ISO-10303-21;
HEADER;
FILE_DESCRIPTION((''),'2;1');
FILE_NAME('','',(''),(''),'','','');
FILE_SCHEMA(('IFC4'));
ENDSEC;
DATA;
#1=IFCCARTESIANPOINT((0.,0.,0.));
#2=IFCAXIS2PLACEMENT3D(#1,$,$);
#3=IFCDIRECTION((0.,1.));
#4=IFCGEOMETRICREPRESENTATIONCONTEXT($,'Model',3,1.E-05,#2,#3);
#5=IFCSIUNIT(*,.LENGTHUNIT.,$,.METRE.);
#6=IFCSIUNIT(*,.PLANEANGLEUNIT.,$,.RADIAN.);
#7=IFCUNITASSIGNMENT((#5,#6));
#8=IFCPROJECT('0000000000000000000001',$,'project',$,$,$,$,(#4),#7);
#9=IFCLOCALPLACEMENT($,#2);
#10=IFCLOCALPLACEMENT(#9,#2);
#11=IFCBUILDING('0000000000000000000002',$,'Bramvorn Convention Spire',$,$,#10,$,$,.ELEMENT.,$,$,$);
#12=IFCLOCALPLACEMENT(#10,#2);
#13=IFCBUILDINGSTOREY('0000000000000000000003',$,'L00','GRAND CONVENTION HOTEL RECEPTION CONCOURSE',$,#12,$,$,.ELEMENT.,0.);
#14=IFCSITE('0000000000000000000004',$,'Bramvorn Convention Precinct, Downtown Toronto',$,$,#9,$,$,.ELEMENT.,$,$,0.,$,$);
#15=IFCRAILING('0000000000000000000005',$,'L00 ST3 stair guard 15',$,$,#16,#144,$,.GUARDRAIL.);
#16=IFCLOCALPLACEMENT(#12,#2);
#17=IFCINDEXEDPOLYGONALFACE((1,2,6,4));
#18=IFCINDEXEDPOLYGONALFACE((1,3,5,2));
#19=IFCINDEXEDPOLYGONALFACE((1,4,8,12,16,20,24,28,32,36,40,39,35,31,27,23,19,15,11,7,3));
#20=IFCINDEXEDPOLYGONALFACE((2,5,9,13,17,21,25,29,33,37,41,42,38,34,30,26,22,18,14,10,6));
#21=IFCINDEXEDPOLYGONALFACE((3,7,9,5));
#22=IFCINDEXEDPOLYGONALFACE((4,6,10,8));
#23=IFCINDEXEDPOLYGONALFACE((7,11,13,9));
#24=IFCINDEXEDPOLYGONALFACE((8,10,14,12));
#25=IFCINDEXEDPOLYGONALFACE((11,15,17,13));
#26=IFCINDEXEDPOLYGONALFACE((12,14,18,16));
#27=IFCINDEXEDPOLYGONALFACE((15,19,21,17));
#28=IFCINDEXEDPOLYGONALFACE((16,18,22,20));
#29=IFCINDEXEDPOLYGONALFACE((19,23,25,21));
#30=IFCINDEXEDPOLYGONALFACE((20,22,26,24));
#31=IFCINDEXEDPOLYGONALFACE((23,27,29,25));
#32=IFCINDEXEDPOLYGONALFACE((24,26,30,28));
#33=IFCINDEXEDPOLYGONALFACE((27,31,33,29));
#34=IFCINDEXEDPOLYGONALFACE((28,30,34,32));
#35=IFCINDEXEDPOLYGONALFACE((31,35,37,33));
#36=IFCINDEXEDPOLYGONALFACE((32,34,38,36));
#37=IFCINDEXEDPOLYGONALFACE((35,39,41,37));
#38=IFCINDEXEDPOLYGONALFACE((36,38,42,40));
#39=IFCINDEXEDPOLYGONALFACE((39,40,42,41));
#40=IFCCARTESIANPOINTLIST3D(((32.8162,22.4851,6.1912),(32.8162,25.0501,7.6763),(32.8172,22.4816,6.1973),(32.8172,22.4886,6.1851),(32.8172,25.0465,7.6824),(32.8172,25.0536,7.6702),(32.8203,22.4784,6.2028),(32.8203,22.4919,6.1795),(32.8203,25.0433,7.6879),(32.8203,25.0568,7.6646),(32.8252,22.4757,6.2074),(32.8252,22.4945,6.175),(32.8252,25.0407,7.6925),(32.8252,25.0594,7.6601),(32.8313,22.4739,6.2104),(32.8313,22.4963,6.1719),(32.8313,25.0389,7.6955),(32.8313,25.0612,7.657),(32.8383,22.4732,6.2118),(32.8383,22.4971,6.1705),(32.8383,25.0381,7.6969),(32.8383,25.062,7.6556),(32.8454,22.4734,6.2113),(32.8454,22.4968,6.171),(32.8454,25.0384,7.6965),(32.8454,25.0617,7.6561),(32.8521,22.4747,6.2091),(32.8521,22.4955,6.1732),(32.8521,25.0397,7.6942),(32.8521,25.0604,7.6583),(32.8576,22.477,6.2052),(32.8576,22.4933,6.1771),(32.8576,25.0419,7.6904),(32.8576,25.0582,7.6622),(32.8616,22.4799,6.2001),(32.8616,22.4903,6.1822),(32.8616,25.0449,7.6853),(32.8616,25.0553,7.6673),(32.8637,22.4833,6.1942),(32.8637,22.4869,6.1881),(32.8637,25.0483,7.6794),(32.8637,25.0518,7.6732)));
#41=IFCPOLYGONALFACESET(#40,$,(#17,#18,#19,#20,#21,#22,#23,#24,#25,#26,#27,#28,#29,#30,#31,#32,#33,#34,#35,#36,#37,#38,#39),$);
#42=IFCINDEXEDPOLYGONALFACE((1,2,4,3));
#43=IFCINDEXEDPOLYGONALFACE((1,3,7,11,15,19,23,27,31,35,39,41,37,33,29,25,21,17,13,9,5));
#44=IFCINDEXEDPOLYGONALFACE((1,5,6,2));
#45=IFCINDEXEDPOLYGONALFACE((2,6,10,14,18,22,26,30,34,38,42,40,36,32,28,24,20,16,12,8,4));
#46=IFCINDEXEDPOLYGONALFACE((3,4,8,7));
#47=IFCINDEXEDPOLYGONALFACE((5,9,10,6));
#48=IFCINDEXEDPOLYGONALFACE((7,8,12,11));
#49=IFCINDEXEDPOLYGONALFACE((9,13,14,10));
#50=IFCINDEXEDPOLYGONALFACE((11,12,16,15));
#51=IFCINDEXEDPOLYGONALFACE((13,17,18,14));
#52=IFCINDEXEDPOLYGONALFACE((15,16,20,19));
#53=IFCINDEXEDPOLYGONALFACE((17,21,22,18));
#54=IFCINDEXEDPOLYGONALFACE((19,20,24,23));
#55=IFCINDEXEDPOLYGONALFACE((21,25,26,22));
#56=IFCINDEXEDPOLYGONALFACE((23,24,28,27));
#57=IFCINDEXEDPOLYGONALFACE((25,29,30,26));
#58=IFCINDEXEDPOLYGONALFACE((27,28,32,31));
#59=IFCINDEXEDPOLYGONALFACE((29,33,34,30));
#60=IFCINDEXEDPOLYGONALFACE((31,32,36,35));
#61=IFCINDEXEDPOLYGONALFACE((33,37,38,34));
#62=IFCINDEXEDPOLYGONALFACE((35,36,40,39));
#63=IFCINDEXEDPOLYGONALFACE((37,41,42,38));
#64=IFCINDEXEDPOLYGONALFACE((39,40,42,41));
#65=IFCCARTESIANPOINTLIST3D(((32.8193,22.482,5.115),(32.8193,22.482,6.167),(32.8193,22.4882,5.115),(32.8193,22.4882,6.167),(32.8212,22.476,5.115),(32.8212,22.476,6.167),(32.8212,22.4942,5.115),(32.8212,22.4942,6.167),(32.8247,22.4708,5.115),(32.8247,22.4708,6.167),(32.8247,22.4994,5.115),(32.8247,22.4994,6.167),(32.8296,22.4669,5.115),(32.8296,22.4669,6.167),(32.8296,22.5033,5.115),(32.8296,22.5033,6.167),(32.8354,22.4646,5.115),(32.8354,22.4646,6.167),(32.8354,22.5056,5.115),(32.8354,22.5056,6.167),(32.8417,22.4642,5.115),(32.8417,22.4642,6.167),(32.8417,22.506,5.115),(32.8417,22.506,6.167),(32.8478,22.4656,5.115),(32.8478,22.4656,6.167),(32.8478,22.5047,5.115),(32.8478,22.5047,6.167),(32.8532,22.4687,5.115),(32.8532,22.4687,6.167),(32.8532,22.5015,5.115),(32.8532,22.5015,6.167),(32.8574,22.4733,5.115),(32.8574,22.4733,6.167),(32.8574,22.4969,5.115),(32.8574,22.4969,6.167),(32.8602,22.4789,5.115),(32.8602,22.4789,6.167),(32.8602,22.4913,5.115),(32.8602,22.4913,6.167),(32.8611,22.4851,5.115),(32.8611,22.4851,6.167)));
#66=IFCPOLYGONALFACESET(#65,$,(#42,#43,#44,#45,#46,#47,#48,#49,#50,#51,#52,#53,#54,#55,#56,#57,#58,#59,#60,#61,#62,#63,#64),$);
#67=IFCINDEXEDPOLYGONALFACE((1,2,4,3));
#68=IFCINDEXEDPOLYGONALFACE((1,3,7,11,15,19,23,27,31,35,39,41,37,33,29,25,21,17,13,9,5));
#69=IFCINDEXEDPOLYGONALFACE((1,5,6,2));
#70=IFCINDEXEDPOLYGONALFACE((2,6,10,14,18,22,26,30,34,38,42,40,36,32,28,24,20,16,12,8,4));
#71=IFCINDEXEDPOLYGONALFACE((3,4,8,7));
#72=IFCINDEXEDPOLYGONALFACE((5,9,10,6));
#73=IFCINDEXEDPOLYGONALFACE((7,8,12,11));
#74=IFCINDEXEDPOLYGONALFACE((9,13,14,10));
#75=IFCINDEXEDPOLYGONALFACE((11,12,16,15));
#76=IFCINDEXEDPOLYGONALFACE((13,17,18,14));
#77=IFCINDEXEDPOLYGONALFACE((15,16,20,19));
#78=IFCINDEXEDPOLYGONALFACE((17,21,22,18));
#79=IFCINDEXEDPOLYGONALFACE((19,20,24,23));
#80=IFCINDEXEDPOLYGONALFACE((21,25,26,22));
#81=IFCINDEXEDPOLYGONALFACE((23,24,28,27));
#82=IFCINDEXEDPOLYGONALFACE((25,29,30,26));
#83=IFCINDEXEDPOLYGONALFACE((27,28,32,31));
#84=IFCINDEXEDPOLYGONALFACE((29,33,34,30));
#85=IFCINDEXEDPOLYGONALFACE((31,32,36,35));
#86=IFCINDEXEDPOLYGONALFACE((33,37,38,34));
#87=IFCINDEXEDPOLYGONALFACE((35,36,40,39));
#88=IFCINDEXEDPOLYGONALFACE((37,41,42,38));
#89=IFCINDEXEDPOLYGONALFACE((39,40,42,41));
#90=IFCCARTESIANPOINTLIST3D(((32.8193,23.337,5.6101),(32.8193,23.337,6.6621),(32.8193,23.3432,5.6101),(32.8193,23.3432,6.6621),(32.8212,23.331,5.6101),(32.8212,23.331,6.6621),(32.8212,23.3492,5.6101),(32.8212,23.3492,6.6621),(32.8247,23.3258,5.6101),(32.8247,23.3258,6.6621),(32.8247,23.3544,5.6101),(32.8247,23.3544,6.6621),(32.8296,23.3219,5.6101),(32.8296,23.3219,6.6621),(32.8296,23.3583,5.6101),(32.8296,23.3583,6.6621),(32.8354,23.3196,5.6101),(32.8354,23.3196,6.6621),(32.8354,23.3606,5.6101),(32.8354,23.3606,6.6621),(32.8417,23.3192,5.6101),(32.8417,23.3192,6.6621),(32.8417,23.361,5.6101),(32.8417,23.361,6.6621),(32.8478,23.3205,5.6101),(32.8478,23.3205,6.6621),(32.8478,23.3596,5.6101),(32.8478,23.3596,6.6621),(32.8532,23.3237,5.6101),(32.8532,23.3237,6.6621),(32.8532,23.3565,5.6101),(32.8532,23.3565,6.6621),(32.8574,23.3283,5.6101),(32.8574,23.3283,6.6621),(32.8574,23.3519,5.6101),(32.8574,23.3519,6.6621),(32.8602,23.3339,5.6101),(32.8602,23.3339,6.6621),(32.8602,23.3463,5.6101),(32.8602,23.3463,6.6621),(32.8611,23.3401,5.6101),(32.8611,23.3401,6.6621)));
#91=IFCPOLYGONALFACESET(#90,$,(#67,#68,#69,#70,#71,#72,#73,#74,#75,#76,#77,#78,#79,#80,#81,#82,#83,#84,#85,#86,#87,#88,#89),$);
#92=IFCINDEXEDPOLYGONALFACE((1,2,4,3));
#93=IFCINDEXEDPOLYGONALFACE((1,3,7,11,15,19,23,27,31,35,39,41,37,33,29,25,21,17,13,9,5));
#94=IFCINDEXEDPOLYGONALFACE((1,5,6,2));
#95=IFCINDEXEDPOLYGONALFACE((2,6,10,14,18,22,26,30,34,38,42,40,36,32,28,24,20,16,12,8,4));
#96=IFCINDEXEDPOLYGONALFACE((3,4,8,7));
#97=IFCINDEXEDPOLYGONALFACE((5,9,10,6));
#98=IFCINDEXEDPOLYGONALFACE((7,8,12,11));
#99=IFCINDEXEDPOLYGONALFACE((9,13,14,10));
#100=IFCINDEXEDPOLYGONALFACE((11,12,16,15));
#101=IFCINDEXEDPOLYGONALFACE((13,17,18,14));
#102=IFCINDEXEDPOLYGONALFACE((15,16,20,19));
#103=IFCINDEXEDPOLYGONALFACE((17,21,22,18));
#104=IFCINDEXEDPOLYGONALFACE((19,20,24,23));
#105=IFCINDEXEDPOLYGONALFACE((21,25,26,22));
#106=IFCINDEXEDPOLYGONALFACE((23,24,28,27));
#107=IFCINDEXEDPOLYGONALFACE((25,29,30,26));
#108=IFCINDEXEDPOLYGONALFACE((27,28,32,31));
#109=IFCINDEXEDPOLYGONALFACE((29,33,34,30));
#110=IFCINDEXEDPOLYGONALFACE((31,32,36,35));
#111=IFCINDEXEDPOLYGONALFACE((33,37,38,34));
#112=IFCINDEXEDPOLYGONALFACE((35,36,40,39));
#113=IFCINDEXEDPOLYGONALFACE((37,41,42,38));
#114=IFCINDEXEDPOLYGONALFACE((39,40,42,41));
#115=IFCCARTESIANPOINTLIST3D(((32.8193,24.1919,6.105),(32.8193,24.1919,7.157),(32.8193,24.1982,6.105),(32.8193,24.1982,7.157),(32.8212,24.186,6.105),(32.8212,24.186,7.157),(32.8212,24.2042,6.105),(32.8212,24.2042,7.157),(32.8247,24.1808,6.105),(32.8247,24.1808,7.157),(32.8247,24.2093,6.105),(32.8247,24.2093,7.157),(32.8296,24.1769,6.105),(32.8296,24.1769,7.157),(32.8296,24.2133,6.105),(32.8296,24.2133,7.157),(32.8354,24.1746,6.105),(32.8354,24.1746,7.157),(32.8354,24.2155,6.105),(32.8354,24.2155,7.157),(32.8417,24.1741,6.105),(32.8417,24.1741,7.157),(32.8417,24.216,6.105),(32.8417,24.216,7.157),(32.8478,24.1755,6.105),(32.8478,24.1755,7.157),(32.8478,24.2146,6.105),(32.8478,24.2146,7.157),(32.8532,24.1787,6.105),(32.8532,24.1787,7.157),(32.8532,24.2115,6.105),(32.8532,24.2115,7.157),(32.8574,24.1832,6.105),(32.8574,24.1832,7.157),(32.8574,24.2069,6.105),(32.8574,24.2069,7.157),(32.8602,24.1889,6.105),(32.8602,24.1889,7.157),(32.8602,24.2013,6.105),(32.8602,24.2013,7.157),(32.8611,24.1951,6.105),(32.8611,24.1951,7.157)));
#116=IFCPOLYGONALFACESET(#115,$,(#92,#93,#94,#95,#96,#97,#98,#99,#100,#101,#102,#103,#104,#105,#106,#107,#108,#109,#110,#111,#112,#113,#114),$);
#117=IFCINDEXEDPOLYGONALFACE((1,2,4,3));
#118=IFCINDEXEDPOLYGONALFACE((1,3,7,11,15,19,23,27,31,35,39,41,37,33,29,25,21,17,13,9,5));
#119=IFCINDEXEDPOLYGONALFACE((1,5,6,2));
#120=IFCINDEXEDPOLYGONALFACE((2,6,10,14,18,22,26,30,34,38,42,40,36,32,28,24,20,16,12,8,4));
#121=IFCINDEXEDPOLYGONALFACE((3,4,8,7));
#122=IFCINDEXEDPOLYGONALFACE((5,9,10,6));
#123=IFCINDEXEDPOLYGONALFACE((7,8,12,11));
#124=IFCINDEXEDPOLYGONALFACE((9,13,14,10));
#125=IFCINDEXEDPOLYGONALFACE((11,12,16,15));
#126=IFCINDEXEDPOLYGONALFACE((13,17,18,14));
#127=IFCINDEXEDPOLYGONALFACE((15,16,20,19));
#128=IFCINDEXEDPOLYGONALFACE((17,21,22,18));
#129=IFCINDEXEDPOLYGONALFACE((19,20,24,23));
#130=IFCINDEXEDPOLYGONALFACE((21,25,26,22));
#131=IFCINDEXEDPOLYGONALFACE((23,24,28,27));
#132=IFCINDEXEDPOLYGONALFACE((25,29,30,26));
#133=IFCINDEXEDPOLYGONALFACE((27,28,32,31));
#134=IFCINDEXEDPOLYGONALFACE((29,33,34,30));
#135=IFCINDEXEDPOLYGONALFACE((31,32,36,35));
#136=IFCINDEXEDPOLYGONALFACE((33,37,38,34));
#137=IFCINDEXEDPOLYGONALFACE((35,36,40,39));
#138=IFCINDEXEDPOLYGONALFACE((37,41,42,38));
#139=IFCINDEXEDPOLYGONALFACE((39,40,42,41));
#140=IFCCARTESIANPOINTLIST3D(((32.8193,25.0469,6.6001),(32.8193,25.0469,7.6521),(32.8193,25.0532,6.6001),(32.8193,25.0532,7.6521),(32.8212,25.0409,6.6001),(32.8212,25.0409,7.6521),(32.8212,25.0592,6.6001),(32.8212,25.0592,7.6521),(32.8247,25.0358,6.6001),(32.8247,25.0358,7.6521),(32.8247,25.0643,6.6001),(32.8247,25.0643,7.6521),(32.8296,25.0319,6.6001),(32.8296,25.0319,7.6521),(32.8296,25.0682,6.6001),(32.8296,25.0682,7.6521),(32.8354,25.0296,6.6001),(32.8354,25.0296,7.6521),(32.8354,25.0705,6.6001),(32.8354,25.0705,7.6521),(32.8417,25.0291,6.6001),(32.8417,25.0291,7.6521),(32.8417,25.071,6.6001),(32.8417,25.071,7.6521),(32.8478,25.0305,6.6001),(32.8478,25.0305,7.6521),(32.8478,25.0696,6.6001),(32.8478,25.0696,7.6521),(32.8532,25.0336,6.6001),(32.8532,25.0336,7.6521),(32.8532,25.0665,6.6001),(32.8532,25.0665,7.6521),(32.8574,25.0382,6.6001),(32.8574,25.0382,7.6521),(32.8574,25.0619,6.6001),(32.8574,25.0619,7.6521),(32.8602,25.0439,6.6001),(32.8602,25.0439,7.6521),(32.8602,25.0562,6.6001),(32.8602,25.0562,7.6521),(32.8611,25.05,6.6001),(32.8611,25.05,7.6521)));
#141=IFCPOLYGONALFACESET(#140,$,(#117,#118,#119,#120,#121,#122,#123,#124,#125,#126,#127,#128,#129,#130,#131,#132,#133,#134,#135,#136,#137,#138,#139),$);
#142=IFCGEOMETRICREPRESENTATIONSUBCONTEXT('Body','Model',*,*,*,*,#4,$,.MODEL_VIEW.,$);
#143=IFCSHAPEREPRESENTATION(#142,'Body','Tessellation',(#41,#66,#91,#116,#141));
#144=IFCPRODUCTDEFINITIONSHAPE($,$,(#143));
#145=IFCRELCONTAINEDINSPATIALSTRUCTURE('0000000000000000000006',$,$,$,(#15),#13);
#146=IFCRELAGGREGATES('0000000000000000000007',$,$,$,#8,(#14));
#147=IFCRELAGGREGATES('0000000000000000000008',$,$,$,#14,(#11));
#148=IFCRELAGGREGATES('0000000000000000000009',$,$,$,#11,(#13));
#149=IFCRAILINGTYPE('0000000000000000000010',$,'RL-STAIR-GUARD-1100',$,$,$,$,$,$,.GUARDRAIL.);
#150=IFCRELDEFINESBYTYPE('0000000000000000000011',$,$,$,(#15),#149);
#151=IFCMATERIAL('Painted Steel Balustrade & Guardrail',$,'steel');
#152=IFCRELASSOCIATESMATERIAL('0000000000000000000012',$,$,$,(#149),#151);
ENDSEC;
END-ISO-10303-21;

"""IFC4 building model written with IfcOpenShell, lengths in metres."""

from ifc_helpers import new_model, si_unit, direction, frame, origin, origin_2d, place, context, subcontext, project, spatial, circle, extrude, material, type_object, element, save


model = new_model("IFC4")

# Units and contexts
model_context = context("Model", 3, precision=1e-05, world=origin(), true_north=direction((0.0, 1.0)))
body_context = subcontext(model_context, "Body", "Model", "MODEL_VIEW")
ifc_project = project(units=[si_unit("LENGTHUNIT", "METRE"), si_unit("PLANEANGLEUNIT", "RADIAN")], contexts=[model_context])

# Site, building, storey
site_placement = place(None, origin())
site = spatial("IfcSite", under=ifc_project, at=site_placement, Name="Bramvorn Convention Precinct, Downtown Toronto", CompositionType="ELEMENT", RefElevation=0.0)
building_placement = place(site_placement, origin())
building = spatial("IfcBuilding", under=site, at=building_placement, Name="Bramvorn Convention Spire", CompositionType="ELEMENT")
storey_placement = place(building_placement, origin())
storey = spatial("IfcBuildingStorey", under=building, at=storey_placement, Name="L00", Description="GRAND CONVENTION HOTEL RECEPTION CONCOURSE", CompositionType="ELEMENT", Elevation=0.0)

# Railing
ifc_material_1 = material(Name="Painted Steel Balustrade & Guardrail", Category="steel")
railing_type_1 = type_object("IfcRailingType", Name="RL-STAIR-GUARD-1100", PredefinedType="GUARDRAIL", material=ifc_material_1)
railing_1_placement = place(storey_placement, frame((32.8401, 22.4851, 5.115)))
element("IfcRailing", 1, at=railing_1_placement, inside=storey, type_object=railing_type_1, Name="L00 ST3 stair guard 15", PredefinedType="GUARDRAIL", context=body_context, shape_type="SweptSolid", body=[
    extrude(circle(Radius=0.0239, at=origin_2d()), frame((0.0, 0.0, 1.0762), z_axis=(0.0, 0.865406, 0.501072), x_axis=(-1.0, 0.0, 0.0)), (0.0, 0.0, 1.0), 2.9639),
    extrude(circle(Radius=0.021, at=origin_2d()), origin(), (0.0, 0.0, 1.0), 1.052),
    extrude(circle(Radius=0.021, at=origin_2d()), frame((0.0, 0.855, 0.4951)), (0.0, 0.0, 1.0), 1.052),
    extrude(circle(Radius=0.021, at=origin_2d()), frame((0.0, 1.71, 0.99)), (0.0, 0.0, 1.0), 1.052),
    extrude(circle(Radius=0.021, at=origin_2d()), frame((0.0, 2.5649, 1.4851)), (0.0, 0.0, 1.0), 1.052),
])

save(model, "model.ifc")
